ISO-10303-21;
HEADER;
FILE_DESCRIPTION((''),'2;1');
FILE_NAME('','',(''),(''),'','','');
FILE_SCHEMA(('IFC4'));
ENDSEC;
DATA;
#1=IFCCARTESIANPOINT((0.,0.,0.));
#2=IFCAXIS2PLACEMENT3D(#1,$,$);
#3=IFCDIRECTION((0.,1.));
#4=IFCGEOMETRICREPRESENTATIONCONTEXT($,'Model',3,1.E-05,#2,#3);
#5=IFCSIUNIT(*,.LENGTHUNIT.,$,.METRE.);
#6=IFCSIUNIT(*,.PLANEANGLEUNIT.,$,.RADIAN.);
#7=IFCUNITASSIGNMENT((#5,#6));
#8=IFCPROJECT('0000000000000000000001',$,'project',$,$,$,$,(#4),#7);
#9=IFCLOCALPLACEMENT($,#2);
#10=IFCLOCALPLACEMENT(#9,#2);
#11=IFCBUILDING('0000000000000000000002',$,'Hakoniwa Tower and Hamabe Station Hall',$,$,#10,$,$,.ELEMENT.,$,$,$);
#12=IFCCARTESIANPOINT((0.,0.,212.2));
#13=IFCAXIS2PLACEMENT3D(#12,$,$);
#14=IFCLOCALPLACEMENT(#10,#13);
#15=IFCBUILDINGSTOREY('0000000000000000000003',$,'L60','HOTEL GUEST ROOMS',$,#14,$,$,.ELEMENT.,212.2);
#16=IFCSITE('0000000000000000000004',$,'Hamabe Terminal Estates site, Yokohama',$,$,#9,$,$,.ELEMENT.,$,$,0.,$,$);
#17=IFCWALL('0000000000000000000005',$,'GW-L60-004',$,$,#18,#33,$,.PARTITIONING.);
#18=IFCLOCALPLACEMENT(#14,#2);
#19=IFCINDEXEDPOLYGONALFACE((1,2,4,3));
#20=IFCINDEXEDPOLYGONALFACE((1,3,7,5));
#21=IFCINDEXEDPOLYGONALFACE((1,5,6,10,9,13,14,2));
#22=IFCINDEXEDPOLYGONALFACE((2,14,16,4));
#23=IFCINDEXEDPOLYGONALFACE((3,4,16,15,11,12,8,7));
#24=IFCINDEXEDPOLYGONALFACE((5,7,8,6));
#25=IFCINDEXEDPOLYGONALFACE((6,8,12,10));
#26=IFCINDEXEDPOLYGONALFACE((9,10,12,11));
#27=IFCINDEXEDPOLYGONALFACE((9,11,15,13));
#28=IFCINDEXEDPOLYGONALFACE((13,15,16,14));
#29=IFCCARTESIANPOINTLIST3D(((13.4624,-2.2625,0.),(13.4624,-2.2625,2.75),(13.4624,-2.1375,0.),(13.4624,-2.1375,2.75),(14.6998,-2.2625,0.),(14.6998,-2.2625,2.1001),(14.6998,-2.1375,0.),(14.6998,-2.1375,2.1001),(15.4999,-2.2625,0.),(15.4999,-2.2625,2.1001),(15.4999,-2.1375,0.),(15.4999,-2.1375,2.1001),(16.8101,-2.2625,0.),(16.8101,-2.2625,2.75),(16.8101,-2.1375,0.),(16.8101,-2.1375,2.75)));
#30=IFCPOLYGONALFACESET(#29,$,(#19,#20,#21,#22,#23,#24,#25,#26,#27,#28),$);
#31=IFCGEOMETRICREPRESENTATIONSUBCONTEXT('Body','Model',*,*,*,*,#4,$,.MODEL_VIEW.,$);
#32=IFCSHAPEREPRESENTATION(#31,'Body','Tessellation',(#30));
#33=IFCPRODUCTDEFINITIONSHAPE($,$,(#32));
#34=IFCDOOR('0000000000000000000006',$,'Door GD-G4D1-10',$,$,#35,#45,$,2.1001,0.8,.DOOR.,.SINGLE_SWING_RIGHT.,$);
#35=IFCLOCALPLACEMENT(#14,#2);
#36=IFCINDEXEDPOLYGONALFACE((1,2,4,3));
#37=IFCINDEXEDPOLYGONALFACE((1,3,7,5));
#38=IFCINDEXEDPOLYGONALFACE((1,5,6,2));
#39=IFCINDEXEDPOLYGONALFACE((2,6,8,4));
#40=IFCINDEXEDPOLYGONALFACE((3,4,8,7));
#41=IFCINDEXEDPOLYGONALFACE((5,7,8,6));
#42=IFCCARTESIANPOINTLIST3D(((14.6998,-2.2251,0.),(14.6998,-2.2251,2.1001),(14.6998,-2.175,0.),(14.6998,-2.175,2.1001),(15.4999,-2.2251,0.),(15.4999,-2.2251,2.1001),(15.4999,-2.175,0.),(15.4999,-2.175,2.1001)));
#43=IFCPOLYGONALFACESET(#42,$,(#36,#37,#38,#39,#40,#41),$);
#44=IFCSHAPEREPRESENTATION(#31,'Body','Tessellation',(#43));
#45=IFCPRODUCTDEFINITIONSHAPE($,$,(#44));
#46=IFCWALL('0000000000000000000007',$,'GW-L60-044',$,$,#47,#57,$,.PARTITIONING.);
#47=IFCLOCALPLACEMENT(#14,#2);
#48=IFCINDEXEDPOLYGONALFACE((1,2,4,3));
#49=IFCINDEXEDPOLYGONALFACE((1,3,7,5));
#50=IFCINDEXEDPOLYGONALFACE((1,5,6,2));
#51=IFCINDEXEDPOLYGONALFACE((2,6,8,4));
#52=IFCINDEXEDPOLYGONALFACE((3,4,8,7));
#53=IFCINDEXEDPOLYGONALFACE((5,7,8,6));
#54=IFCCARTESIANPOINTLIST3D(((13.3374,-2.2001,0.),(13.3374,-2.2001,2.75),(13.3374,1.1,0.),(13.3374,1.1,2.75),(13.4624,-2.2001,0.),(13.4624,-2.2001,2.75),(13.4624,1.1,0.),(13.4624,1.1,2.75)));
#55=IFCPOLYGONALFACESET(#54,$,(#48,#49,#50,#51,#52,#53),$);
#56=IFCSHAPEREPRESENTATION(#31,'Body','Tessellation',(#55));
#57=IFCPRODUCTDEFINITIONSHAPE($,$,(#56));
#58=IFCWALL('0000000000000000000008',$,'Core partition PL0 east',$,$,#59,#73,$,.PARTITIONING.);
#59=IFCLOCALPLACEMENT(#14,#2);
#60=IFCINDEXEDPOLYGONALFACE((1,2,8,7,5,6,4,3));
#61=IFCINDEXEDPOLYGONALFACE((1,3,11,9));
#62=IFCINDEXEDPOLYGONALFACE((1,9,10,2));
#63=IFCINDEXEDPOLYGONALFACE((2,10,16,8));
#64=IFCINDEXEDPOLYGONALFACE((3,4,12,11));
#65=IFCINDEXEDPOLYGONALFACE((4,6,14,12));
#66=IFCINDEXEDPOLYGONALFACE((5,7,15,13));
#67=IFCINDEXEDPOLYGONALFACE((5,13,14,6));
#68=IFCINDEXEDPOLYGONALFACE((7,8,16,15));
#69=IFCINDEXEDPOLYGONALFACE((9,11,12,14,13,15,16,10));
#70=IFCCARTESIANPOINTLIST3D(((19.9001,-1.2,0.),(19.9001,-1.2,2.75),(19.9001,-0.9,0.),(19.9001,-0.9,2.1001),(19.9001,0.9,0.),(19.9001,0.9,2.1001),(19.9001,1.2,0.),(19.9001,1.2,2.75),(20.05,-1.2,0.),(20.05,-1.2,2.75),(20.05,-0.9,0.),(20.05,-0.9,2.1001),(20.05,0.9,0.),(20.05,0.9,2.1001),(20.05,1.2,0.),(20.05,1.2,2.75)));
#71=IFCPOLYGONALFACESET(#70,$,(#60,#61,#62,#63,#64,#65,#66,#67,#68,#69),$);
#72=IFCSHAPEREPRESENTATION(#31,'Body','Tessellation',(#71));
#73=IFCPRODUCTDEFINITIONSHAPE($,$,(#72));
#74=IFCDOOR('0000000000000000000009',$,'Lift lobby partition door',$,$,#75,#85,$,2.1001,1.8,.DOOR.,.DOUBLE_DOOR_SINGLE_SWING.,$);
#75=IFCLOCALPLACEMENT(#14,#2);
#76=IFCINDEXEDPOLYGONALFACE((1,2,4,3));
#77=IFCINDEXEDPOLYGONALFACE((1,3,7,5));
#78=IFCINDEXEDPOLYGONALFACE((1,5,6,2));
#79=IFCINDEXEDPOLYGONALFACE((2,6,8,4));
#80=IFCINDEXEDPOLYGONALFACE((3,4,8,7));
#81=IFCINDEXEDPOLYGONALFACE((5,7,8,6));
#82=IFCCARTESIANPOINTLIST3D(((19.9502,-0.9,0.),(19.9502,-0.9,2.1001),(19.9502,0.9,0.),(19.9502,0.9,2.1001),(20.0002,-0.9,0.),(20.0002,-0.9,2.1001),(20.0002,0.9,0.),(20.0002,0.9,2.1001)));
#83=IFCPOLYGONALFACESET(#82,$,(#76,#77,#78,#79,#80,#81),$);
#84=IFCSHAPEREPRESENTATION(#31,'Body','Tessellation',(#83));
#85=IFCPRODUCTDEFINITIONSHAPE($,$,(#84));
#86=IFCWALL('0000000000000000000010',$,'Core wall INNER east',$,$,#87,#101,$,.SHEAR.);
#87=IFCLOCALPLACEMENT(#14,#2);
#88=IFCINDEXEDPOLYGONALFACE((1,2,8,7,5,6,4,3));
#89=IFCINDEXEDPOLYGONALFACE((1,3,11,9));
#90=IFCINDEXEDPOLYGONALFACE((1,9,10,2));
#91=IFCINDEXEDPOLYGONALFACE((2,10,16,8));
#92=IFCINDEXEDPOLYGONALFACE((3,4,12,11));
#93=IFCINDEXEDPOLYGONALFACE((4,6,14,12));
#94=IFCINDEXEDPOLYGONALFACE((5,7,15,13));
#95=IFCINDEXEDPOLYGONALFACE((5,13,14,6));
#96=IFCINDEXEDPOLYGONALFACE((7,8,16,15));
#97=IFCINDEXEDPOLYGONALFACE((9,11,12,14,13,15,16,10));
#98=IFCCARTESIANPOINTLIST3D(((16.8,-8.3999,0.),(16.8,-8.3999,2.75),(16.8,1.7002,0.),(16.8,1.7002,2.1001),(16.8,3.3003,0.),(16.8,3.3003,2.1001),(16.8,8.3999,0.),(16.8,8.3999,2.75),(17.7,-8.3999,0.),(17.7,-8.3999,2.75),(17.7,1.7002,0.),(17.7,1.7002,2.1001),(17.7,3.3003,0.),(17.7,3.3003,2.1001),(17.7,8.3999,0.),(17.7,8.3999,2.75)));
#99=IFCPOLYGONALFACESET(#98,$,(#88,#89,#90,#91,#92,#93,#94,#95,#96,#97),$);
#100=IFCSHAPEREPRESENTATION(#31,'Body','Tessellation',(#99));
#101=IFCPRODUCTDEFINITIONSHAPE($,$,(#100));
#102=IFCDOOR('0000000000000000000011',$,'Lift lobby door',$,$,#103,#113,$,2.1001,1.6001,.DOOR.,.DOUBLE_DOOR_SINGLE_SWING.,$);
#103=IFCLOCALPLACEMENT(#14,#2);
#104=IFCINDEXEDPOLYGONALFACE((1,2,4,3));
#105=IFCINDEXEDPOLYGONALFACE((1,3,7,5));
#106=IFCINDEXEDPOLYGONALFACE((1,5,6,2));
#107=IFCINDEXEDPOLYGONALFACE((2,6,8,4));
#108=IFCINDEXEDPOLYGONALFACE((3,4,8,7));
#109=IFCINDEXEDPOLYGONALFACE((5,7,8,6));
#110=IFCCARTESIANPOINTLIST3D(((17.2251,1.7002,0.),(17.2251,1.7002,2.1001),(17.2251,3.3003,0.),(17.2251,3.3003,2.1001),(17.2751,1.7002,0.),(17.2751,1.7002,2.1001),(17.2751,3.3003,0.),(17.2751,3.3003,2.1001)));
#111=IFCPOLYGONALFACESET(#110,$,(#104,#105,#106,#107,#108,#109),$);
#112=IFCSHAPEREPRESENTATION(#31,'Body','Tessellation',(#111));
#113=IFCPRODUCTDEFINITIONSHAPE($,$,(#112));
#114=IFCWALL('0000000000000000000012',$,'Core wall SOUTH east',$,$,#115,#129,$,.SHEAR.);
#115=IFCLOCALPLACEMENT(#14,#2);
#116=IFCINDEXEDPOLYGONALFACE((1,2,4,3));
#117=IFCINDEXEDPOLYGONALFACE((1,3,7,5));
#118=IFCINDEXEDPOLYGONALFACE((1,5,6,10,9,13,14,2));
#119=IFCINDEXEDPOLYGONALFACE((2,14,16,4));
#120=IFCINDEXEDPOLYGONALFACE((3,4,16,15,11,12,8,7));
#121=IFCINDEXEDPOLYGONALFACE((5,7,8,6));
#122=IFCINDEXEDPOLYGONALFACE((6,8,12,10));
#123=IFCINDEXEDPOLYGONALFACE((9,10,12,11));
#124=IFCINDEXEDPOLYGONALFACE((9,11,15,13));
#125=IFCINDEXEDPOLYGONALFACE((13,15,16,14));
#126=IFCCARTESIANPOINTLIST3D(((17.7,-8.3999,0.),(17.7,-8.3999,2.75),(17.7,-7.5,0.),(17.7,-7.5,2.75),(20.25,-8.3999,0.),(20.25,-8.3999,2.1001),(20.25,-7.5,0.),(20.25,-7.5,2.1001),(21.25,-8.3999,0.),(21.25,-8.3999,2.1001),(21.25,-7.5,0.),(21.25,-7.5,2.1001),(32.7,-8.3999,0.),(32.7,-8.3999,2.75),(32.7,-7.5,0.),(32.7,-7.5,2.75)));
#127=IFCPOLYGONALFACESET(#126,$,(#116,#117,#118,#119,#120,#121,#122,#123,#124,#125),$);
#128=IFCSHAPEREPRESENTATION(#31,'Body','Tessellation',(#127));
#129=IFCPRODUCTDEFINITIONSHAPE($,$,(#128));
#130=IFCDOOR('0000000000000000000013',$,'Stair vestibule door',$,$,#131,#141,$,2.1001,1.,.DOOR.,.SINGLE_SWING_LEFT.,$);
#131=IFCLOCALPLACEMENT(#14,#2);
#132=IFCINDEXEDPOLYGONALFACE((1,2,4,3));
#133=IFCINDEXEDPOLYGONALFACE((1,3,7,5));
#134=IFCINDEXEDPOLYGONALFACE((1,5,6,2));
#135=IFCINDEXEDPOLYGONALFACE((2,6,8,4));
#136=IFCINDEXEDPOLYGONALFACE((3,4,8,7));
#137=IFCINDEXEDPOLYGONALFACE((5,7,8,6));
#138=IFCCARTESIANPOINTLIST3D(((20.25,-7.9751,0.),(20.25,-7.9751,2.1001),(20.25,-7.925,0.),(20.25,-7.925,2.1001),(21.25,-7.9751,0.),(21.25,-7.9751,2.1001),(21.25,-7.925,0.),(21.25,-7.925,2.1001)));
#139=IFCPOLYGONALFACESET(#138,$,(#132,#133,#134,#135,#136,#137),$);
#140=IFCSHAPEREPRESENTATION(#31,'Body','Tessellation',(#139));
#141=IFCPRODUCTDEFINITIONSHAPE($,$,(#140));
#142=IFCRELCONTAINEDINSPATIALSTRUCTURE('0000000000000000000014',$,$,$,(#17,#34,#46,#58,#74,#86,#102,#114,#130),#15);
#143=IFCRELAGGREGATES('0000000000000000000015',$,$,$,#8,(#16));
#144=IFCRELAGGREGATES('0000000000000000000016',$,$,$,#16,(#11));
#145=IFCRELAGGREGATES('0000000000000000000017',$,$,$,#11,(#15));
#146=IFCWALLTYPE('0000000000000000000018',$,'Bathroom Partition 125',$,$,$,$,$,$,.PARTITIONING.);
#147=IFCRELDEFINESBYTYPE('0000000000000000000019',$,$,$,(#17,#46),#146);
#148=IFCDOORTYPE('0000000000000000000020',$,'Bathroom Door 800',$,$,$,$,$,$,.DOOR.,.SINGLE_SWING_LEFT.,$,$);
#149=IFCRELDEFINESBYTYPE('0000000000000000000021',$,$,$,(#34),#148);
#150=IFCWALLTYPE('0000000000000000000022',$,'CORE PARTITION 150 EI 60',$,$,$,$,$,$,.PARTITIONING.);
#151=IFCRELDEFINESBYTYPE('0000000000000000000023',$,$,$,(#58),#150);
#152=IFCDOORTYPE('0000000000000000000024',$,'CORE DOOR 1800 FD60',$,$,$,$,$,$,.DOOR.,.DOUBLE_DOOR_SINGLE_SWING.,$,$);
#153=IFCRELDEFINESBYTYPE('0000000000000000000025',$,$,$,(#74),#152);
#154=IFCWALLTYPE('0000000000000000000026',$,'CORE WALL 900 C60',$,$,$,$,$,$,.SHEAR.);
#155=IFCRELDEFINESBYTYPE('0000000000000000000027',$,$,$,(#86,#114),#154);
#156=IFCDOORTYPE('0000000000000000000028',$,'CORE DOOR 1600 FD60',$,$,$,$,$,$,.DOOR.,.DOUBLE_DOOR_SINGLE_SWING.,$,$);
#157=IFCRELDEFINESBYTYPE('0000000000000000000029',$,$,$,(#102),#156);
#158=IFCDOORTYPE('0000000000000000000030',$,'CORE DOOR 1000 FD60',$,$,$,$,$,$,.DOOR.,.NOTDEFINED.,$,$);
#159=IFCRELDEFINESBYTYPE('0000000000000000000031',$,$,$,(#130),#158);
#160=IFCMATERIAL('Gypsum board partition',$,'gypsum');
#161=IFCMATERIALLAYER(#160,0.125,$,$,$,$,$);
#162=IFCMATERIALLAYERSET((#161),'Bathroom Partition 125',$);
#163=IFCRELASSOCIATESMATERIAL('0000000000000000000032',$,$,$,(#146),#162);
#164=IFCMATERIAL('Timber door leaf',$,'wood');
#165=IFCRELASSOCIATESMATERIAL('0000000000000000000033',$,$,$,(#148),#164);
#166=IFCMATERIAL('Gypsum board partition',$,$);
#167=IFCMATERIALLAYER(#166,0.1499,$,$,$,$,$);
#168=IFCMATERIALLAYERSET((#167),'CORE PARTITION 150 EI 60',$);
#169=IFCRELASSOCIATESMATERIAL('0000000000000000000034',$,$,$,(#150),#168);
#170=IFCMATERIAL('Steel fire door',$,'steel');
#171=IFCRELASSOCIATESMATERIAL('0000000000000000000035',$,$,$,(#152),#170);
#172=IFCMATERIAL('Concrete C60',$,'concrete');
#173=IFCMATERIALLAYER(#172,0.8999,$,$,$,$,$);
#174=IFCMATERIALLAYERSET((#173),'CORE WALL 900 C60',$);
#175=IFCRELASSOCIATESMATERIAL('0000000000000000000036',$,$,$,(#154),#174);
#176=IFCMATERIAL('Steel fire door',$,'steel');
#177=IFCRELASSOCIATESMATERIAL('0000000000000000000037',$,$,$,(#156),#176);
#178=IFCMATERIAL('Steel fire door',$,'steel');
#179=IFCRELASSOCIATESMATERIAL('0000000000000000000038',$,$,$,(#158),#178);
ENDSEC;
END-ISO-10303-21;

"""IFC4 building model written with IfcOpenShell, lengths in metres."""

from ifc_helpers import new_model, si_unit, direction, frame, frame_2d, origin, place, context, subcontext, project, spatial, rectangle, extrude, material, layer, layer_set, type_object, element, fill, save


model = new_model("IFC4")

# Units and contexts
model_context = context("Model", 3, precision=1e-05, world=origin(), true_north=direction((0.0, 1.0)))
body_context = subcontext(model_context, "Body", "Model", "MODEL_VIEW")
ifc_project = project(units=[si_unit("LENGTHUNIT", "METRE"), si_unit("PLANEANGLEUNIT", "RADIAN")], contexts=[model_context])

# Site, building, storey
site_placement = place(None, origin())
site = spatial("IfcSite", under=ifc_project, at=site_placement, Name="Hamabe Terminal Estates site, Yokohama", CompositionType="ELEMENT", RefElevation=0.0)
building_placement = place(site_placement, origin())
building = spatial("IfcBuilding", under=site, at=building_placement, Name="Hakoniwa Tower and Hamabe Station Hall", CompositionType="ELEMENT")
storey_placement = place(building_placement, frame((0.0, 0.0, 212.2)))
storey = spatial("IfcBuildingStorey", under=building, at=storey_placement, Name="L60", Description="HOTEL GUEST ROOMS", CompositionType="ELEMENT", Elevation=212.2)

# Wall, opening, door
ifc_material_1 = material(Name="Gypsum board partition", Category="gypsum")
ifc_layer_1 = layer(ifc_material_1, 0.125)
ifc_layer_set_1 = layer_set([ifc_layer_1], Name="Bathroom Partition 125")
wall_type_1 = type_object("IfcWallType", Name="Bathroom Partition 125", PredefinedType="PARTITIONING", material=ifc_layer_set_1)
wall_1_placement = place(storey_placement, frame((13.4624, -2.2, 0.0), z_axis=(0.0, 0.0, 1.0), x_axis=(1.0, 0.0, 0.0)))
wall_1 = element("IfcWall", 1, at=wall_1_placement, inside=storey, type_object=wall_type_1, Name="GW-L60-004", PredefinedType="PARTITIONING", context=body_context, shape_type="SweptSolid", body=[
    extrude(rectangle(XDim=3.3477, YDim=0.125, at=frame_2d((1.6738, 0.0))), origin(), (0.0, 0.0, 1.0), 2.75),
])
opening_1_placement = place(wall_1_placement, frame((1.2375, 0.0, 0.0)))
opening_1 = element("IfcOpeningElement", 2, at=opening_1_placement, cuts=wall_1, PredefinedType="OPENING", context=body_context, shape_type="SweptSolid", body=[
    extrude(rectangle(XDim=0.8, YDim=2.1001, at=frame_2d((0.3999, 1.05))), frame((0.0, 0.0725, 0.0), z_axis=(0.0, -1.0, 0.0), x_axis=(1.0, 0.0, 0.0)), (0.0, 0.0, 1.0), 0.145),
])
ifc_material_2 = material(Name="Timber door leaf", Category="wood")
door_type_1 = type_object("IfcDoorType", Name="Bathroom Door 800", OperationType="SINGLE_SWING_LEFT", PredefinedType="DOOR", material=ifc_material_2)
door_1_placement = place(opening_1_placement, origin())
door_1 = element("IfcDoor", 3, at=door_1_placement, inside=storey, type_object=door_type_1, Name="Door GD-G4D1-10", OperationType="SINGLE_SWING_RIGHT", OverallHeight=2.1001, OverallWidth=0.8, PredefinedType="DOOR", context=body_context, shape_type="SweptSolid", body=[
    extrude(rectangle(XDim=0.8, YDim=2.1001, at=frame_2d((0.3999, 1.05))), frame((0.0, 0.0249, 0.0), z_axis=(0.0, -1.0, 0.0), x_axis=(1.0, 0.0, 0.0)), (0.0, 0.0, 1.0), 0.05),
])
fill(opening_1, door_1)

# Wall
wall_2_placement = place(storey_placement, frame((13.3999, -2.2, 0.0), z_axis=(0.0, 0.0, 1.0), x_axis=(0.0, 1.0, 0.0)))
element("IfcWall", 4, at=wall_2_placement, inside=storey, type_object=wall_type_1, Name="GW-L60-044", PredefinedType="PARTITIONING", context=body_context, shape_type="SweptSolid", body=[
    extrude(rectangle(XDim=3.3, YDim=0.125, at=frame_2d((1.6499, 0.0))), origin(), (0.0, 0.0, 1.0), 2.75),
])

# Walls, openings, doors
ifc_material_3 = material(Name="Gypsum board partition")
ifc_layer_2 = layer(ifc_material_3, 0.1499)
ifc_layer_set_2 = layer_set([ifc_layer_2], Name="CORE PARTITION 150 EI 60")
wall_type_2 = type_object("IfcWallType", Name="CORE PARTITION 150 EI 60", PredefinedType="PARTITIONING", material=ifc_layer_set_2)
wall_3_placement = place(storey_placement, frame((19.9751, -1.2, 0.0), z_axis=(0.0, 0.0, 1.0), x_axis=(0.0, 1.0, 0.0)))
wall_3 = element("IfcWall", 5, at=wall_3_placement, inside=storey, type_object=wall_type_2, Name="Core partition PL0 east", PredefinedType="PARTITIONING", context=body_context, shape_type="SweptSolid", body=[
    extrude(rectangle(XDim=2.3999, YDim=0.1499, at=frame_2d((1.2, 0.0))), origin(), (0.0, 0.0, 1.0), 2.75),
])
opening_2_placement = place(wall_3_placement, frame((0.3, 0.0, 0.0)))
opening_2 = element("IfcOpeningElement", 6, at=opening_2_placement, cuts=wall_3, PredefinedType="OPENING", context=body_context, shape_type="SweptSolid", body=[
    extrude(rectangle(XDim=1.8, YDim=2.1001, at=frame_2d((0.8999, 1.05))), frame((0.0, 0.085, 0.0), z_axis=(0.0, -1.0, 0.0), x_axis=(1.0, 0.0, 0.0)), (0.0, 0.0, 1.0), 0.1699),
])
ifc_material_4 = material(Name="Steel fire door", Category="steel")
door_type_2 = type_object("IfcDoorType", Name="CORE DOOR 1800 FD60", OperationType="DOUBLE_DOOR_SINGLE_SWING", PredefinedType="DOOR", material=ifc_material_4)
door_2_placement = place(opening_2_placement, origin())
door_2 = element("IfcDoor", 7, at=door_2_placement, inside=storey, type_object=door_type_2, Name="Lift lobby partition door", OperationType="DOUBLE_DOOR_SINGLE_SWING", OverallHeight=2.1001, OverallWidth=1.8, PredefinedType="DOOR", context=body_context, shape_type="SweptSolid", body=[
    extrude(rectangle(XDim=1.8, YDim=2.1001, at=frame_2d((0.8999, 1.05))), frame((0.0, 0.0249, 0.0), z_axis=(0.0, -1.0, 0.0), x_axis=(1.0, 0.0, 0.0)), (0.0, 0.0, 1.0), 0.05),
])
fill(opening_2, door_2)
ifc_material_5 = material(Name="Concrete C60", Category="concrete")
ifc_layer_3 = layer(ifc_material_5, 0.8999)
ifc_layer_set_3 = layer_set([ifc_layer_3], Name="CORE WALL 900 C60")
wall_type_3 = type_object("IfcWallType", Name="CORE WALL 900 C60", PredefinedType="SHEAR", material=ifc_layer_set_3)
wall_4_placement = place(storey_placement, frame((17.25, -8.3999, 0.0), z_axis=(0.0, 0.0, 1.0), x_axis=(0.0, 1.0, 0.0)))
wall_4 = element("IfcWall", 8, at=wall_4_placement, inside=storey, type_object=wall_type_3, Name="Core wall INNER east", PredefinedType="SHEAR", context=body_context, shape_type="SweptSolid", body=[
    extrude(rectangle(XDim=16.7998, YDim=0.8999, at=frame_2d((8.3999, 0.0))), origin(), (0.0, 0.0, 1.0), 2.75),
])
opening_3_placement = place(wall_4_placement, frame((10.1001, 0.0, 0.0)))
opening_3 = element("IfcOpeningElement", 9, at=opening_3_placement, cuts=wall_4, PredefinedType="OPENING", context=body_context, shape_type="SweptSolid", body=[
    extrude(rectangle(XDim=1.6001, YDim=2.1001, at=frame_2d((0.8, 1.05))), frame((0.0, 0.46, 0.0), z_axis=(0.0, -1.0, 0.0), x_axis=(1.0, 0.0, 0.0)), (0.0, 0.0, 1.0), 0.9199),
])
ifc_material_6 = material(Name="Steel fire door", Category="steel")
door_type_3 = type_object("IfcDoorType", Name="CORE DOOR 1600 FD60", OperationType="DOUBLE_DOOR_SINGLE_SWING", PredefinedType="DOOR", material=ifc_material_6)
door_3_placement = place(opening_3_placement, origin())
door_3 = element("IfcDoor", 10, at=door_3_placement, inside=storey, type_object=door_type_3, Name="Lift lobby door", OperationType="DOUBLE_DOOR_SINGLE_SWING", OverallHeight=2.1001, OverallWidth=1.6001, PredefinedType="DOOR", context=body_context, shape_type="SweptSolid", body=[
    extrude(rectangle(XDim=1.6001, YDim=2.1001, at=frame_2d((0.8, 1.05))), frame((0.0, 0.0249, 0.0), z_axis=(0.0, -1.0, 0.0), x_axis=(1.0, 0.0, 0.0)), (0.0, 0.0, 1.0), 0.05),
])
fill(opening_3, door_3)
wall_5_placement = place(storey_placement, frame((17.7, -7.95, 0.0), z_axis=(0.0, 0.0, 1.0), x_axis=(1.0, 0.0, 0.0)))
wall_5 = element("IfcWall", 11, at=wall_5_placement, inside=storey, type_object=wall_type_3, Name="Core wall SOUTH east", PredefinedType="SHEAR", context=body_context, shape_type="SweptSolid", body=[
    extrude(rectangle(XDim=15.0, YDim=0.8999, at=frame_2d((7.5, 0.0))), origin(), (0.0, 0.0, 1.0), 2.75),
])
opening_4_placement = place(wall_5_placement, frame((2.55, 0.0, 0.0)))
opening_4 = element("IfcOpeningElement", 12, at=opening_4_placement, cuts=wall_5, PredefinedType="OPENING", context=body_context, shape_type="SweptSolid", body=[
    extrude(rectangle(XDim=1.0, YDim=2.1001, at=frame_2d((0.5, 1.05))), frame((0.0, 0.46, 0.0), z_axis=(0.0, -1.0, 0.0), x_axis=(1.0, 0.0, 0.0)), (0.0, 0.0, 1.0), 0.9199),
])
ifc_material_7 = material(Name="Steel fire door", Category="steel")
door_type_4 = type_object("IfcDoorType", Name="CORE DOOR 1000 FD60", OperationType="NOTDEFINED", PredefinedType="DOOR", material=ifc_material_7)
door_4_placement = place(opening_4_placement, origin())
door_4 = element("IfcDoor", 13, at=door_4_placement, inside=storey, type_object=door_type_4, Name="Stair vestibule door", OperationType="SINGLE_SWING_LEFT", OverallHeight=2.1001, OverallWidth=1.0, PredefinedType="DOOR", context=body_context, shape_type="SweptSolid", body=[
    extrude(rectangle(XDim=1.0, YDim=2.1001, at=frame_2d((0.5, 1.05))), frame((0.0, 0.0249, 0.0), z_axis=(0.0, -1.0, 0.0), x_axis=(1.0, 0.0, 0.0)), (0.0, 0.0, 1.0), 0.05),
])
fill(opening_4, door_4)

save(model, "model.ifc")
